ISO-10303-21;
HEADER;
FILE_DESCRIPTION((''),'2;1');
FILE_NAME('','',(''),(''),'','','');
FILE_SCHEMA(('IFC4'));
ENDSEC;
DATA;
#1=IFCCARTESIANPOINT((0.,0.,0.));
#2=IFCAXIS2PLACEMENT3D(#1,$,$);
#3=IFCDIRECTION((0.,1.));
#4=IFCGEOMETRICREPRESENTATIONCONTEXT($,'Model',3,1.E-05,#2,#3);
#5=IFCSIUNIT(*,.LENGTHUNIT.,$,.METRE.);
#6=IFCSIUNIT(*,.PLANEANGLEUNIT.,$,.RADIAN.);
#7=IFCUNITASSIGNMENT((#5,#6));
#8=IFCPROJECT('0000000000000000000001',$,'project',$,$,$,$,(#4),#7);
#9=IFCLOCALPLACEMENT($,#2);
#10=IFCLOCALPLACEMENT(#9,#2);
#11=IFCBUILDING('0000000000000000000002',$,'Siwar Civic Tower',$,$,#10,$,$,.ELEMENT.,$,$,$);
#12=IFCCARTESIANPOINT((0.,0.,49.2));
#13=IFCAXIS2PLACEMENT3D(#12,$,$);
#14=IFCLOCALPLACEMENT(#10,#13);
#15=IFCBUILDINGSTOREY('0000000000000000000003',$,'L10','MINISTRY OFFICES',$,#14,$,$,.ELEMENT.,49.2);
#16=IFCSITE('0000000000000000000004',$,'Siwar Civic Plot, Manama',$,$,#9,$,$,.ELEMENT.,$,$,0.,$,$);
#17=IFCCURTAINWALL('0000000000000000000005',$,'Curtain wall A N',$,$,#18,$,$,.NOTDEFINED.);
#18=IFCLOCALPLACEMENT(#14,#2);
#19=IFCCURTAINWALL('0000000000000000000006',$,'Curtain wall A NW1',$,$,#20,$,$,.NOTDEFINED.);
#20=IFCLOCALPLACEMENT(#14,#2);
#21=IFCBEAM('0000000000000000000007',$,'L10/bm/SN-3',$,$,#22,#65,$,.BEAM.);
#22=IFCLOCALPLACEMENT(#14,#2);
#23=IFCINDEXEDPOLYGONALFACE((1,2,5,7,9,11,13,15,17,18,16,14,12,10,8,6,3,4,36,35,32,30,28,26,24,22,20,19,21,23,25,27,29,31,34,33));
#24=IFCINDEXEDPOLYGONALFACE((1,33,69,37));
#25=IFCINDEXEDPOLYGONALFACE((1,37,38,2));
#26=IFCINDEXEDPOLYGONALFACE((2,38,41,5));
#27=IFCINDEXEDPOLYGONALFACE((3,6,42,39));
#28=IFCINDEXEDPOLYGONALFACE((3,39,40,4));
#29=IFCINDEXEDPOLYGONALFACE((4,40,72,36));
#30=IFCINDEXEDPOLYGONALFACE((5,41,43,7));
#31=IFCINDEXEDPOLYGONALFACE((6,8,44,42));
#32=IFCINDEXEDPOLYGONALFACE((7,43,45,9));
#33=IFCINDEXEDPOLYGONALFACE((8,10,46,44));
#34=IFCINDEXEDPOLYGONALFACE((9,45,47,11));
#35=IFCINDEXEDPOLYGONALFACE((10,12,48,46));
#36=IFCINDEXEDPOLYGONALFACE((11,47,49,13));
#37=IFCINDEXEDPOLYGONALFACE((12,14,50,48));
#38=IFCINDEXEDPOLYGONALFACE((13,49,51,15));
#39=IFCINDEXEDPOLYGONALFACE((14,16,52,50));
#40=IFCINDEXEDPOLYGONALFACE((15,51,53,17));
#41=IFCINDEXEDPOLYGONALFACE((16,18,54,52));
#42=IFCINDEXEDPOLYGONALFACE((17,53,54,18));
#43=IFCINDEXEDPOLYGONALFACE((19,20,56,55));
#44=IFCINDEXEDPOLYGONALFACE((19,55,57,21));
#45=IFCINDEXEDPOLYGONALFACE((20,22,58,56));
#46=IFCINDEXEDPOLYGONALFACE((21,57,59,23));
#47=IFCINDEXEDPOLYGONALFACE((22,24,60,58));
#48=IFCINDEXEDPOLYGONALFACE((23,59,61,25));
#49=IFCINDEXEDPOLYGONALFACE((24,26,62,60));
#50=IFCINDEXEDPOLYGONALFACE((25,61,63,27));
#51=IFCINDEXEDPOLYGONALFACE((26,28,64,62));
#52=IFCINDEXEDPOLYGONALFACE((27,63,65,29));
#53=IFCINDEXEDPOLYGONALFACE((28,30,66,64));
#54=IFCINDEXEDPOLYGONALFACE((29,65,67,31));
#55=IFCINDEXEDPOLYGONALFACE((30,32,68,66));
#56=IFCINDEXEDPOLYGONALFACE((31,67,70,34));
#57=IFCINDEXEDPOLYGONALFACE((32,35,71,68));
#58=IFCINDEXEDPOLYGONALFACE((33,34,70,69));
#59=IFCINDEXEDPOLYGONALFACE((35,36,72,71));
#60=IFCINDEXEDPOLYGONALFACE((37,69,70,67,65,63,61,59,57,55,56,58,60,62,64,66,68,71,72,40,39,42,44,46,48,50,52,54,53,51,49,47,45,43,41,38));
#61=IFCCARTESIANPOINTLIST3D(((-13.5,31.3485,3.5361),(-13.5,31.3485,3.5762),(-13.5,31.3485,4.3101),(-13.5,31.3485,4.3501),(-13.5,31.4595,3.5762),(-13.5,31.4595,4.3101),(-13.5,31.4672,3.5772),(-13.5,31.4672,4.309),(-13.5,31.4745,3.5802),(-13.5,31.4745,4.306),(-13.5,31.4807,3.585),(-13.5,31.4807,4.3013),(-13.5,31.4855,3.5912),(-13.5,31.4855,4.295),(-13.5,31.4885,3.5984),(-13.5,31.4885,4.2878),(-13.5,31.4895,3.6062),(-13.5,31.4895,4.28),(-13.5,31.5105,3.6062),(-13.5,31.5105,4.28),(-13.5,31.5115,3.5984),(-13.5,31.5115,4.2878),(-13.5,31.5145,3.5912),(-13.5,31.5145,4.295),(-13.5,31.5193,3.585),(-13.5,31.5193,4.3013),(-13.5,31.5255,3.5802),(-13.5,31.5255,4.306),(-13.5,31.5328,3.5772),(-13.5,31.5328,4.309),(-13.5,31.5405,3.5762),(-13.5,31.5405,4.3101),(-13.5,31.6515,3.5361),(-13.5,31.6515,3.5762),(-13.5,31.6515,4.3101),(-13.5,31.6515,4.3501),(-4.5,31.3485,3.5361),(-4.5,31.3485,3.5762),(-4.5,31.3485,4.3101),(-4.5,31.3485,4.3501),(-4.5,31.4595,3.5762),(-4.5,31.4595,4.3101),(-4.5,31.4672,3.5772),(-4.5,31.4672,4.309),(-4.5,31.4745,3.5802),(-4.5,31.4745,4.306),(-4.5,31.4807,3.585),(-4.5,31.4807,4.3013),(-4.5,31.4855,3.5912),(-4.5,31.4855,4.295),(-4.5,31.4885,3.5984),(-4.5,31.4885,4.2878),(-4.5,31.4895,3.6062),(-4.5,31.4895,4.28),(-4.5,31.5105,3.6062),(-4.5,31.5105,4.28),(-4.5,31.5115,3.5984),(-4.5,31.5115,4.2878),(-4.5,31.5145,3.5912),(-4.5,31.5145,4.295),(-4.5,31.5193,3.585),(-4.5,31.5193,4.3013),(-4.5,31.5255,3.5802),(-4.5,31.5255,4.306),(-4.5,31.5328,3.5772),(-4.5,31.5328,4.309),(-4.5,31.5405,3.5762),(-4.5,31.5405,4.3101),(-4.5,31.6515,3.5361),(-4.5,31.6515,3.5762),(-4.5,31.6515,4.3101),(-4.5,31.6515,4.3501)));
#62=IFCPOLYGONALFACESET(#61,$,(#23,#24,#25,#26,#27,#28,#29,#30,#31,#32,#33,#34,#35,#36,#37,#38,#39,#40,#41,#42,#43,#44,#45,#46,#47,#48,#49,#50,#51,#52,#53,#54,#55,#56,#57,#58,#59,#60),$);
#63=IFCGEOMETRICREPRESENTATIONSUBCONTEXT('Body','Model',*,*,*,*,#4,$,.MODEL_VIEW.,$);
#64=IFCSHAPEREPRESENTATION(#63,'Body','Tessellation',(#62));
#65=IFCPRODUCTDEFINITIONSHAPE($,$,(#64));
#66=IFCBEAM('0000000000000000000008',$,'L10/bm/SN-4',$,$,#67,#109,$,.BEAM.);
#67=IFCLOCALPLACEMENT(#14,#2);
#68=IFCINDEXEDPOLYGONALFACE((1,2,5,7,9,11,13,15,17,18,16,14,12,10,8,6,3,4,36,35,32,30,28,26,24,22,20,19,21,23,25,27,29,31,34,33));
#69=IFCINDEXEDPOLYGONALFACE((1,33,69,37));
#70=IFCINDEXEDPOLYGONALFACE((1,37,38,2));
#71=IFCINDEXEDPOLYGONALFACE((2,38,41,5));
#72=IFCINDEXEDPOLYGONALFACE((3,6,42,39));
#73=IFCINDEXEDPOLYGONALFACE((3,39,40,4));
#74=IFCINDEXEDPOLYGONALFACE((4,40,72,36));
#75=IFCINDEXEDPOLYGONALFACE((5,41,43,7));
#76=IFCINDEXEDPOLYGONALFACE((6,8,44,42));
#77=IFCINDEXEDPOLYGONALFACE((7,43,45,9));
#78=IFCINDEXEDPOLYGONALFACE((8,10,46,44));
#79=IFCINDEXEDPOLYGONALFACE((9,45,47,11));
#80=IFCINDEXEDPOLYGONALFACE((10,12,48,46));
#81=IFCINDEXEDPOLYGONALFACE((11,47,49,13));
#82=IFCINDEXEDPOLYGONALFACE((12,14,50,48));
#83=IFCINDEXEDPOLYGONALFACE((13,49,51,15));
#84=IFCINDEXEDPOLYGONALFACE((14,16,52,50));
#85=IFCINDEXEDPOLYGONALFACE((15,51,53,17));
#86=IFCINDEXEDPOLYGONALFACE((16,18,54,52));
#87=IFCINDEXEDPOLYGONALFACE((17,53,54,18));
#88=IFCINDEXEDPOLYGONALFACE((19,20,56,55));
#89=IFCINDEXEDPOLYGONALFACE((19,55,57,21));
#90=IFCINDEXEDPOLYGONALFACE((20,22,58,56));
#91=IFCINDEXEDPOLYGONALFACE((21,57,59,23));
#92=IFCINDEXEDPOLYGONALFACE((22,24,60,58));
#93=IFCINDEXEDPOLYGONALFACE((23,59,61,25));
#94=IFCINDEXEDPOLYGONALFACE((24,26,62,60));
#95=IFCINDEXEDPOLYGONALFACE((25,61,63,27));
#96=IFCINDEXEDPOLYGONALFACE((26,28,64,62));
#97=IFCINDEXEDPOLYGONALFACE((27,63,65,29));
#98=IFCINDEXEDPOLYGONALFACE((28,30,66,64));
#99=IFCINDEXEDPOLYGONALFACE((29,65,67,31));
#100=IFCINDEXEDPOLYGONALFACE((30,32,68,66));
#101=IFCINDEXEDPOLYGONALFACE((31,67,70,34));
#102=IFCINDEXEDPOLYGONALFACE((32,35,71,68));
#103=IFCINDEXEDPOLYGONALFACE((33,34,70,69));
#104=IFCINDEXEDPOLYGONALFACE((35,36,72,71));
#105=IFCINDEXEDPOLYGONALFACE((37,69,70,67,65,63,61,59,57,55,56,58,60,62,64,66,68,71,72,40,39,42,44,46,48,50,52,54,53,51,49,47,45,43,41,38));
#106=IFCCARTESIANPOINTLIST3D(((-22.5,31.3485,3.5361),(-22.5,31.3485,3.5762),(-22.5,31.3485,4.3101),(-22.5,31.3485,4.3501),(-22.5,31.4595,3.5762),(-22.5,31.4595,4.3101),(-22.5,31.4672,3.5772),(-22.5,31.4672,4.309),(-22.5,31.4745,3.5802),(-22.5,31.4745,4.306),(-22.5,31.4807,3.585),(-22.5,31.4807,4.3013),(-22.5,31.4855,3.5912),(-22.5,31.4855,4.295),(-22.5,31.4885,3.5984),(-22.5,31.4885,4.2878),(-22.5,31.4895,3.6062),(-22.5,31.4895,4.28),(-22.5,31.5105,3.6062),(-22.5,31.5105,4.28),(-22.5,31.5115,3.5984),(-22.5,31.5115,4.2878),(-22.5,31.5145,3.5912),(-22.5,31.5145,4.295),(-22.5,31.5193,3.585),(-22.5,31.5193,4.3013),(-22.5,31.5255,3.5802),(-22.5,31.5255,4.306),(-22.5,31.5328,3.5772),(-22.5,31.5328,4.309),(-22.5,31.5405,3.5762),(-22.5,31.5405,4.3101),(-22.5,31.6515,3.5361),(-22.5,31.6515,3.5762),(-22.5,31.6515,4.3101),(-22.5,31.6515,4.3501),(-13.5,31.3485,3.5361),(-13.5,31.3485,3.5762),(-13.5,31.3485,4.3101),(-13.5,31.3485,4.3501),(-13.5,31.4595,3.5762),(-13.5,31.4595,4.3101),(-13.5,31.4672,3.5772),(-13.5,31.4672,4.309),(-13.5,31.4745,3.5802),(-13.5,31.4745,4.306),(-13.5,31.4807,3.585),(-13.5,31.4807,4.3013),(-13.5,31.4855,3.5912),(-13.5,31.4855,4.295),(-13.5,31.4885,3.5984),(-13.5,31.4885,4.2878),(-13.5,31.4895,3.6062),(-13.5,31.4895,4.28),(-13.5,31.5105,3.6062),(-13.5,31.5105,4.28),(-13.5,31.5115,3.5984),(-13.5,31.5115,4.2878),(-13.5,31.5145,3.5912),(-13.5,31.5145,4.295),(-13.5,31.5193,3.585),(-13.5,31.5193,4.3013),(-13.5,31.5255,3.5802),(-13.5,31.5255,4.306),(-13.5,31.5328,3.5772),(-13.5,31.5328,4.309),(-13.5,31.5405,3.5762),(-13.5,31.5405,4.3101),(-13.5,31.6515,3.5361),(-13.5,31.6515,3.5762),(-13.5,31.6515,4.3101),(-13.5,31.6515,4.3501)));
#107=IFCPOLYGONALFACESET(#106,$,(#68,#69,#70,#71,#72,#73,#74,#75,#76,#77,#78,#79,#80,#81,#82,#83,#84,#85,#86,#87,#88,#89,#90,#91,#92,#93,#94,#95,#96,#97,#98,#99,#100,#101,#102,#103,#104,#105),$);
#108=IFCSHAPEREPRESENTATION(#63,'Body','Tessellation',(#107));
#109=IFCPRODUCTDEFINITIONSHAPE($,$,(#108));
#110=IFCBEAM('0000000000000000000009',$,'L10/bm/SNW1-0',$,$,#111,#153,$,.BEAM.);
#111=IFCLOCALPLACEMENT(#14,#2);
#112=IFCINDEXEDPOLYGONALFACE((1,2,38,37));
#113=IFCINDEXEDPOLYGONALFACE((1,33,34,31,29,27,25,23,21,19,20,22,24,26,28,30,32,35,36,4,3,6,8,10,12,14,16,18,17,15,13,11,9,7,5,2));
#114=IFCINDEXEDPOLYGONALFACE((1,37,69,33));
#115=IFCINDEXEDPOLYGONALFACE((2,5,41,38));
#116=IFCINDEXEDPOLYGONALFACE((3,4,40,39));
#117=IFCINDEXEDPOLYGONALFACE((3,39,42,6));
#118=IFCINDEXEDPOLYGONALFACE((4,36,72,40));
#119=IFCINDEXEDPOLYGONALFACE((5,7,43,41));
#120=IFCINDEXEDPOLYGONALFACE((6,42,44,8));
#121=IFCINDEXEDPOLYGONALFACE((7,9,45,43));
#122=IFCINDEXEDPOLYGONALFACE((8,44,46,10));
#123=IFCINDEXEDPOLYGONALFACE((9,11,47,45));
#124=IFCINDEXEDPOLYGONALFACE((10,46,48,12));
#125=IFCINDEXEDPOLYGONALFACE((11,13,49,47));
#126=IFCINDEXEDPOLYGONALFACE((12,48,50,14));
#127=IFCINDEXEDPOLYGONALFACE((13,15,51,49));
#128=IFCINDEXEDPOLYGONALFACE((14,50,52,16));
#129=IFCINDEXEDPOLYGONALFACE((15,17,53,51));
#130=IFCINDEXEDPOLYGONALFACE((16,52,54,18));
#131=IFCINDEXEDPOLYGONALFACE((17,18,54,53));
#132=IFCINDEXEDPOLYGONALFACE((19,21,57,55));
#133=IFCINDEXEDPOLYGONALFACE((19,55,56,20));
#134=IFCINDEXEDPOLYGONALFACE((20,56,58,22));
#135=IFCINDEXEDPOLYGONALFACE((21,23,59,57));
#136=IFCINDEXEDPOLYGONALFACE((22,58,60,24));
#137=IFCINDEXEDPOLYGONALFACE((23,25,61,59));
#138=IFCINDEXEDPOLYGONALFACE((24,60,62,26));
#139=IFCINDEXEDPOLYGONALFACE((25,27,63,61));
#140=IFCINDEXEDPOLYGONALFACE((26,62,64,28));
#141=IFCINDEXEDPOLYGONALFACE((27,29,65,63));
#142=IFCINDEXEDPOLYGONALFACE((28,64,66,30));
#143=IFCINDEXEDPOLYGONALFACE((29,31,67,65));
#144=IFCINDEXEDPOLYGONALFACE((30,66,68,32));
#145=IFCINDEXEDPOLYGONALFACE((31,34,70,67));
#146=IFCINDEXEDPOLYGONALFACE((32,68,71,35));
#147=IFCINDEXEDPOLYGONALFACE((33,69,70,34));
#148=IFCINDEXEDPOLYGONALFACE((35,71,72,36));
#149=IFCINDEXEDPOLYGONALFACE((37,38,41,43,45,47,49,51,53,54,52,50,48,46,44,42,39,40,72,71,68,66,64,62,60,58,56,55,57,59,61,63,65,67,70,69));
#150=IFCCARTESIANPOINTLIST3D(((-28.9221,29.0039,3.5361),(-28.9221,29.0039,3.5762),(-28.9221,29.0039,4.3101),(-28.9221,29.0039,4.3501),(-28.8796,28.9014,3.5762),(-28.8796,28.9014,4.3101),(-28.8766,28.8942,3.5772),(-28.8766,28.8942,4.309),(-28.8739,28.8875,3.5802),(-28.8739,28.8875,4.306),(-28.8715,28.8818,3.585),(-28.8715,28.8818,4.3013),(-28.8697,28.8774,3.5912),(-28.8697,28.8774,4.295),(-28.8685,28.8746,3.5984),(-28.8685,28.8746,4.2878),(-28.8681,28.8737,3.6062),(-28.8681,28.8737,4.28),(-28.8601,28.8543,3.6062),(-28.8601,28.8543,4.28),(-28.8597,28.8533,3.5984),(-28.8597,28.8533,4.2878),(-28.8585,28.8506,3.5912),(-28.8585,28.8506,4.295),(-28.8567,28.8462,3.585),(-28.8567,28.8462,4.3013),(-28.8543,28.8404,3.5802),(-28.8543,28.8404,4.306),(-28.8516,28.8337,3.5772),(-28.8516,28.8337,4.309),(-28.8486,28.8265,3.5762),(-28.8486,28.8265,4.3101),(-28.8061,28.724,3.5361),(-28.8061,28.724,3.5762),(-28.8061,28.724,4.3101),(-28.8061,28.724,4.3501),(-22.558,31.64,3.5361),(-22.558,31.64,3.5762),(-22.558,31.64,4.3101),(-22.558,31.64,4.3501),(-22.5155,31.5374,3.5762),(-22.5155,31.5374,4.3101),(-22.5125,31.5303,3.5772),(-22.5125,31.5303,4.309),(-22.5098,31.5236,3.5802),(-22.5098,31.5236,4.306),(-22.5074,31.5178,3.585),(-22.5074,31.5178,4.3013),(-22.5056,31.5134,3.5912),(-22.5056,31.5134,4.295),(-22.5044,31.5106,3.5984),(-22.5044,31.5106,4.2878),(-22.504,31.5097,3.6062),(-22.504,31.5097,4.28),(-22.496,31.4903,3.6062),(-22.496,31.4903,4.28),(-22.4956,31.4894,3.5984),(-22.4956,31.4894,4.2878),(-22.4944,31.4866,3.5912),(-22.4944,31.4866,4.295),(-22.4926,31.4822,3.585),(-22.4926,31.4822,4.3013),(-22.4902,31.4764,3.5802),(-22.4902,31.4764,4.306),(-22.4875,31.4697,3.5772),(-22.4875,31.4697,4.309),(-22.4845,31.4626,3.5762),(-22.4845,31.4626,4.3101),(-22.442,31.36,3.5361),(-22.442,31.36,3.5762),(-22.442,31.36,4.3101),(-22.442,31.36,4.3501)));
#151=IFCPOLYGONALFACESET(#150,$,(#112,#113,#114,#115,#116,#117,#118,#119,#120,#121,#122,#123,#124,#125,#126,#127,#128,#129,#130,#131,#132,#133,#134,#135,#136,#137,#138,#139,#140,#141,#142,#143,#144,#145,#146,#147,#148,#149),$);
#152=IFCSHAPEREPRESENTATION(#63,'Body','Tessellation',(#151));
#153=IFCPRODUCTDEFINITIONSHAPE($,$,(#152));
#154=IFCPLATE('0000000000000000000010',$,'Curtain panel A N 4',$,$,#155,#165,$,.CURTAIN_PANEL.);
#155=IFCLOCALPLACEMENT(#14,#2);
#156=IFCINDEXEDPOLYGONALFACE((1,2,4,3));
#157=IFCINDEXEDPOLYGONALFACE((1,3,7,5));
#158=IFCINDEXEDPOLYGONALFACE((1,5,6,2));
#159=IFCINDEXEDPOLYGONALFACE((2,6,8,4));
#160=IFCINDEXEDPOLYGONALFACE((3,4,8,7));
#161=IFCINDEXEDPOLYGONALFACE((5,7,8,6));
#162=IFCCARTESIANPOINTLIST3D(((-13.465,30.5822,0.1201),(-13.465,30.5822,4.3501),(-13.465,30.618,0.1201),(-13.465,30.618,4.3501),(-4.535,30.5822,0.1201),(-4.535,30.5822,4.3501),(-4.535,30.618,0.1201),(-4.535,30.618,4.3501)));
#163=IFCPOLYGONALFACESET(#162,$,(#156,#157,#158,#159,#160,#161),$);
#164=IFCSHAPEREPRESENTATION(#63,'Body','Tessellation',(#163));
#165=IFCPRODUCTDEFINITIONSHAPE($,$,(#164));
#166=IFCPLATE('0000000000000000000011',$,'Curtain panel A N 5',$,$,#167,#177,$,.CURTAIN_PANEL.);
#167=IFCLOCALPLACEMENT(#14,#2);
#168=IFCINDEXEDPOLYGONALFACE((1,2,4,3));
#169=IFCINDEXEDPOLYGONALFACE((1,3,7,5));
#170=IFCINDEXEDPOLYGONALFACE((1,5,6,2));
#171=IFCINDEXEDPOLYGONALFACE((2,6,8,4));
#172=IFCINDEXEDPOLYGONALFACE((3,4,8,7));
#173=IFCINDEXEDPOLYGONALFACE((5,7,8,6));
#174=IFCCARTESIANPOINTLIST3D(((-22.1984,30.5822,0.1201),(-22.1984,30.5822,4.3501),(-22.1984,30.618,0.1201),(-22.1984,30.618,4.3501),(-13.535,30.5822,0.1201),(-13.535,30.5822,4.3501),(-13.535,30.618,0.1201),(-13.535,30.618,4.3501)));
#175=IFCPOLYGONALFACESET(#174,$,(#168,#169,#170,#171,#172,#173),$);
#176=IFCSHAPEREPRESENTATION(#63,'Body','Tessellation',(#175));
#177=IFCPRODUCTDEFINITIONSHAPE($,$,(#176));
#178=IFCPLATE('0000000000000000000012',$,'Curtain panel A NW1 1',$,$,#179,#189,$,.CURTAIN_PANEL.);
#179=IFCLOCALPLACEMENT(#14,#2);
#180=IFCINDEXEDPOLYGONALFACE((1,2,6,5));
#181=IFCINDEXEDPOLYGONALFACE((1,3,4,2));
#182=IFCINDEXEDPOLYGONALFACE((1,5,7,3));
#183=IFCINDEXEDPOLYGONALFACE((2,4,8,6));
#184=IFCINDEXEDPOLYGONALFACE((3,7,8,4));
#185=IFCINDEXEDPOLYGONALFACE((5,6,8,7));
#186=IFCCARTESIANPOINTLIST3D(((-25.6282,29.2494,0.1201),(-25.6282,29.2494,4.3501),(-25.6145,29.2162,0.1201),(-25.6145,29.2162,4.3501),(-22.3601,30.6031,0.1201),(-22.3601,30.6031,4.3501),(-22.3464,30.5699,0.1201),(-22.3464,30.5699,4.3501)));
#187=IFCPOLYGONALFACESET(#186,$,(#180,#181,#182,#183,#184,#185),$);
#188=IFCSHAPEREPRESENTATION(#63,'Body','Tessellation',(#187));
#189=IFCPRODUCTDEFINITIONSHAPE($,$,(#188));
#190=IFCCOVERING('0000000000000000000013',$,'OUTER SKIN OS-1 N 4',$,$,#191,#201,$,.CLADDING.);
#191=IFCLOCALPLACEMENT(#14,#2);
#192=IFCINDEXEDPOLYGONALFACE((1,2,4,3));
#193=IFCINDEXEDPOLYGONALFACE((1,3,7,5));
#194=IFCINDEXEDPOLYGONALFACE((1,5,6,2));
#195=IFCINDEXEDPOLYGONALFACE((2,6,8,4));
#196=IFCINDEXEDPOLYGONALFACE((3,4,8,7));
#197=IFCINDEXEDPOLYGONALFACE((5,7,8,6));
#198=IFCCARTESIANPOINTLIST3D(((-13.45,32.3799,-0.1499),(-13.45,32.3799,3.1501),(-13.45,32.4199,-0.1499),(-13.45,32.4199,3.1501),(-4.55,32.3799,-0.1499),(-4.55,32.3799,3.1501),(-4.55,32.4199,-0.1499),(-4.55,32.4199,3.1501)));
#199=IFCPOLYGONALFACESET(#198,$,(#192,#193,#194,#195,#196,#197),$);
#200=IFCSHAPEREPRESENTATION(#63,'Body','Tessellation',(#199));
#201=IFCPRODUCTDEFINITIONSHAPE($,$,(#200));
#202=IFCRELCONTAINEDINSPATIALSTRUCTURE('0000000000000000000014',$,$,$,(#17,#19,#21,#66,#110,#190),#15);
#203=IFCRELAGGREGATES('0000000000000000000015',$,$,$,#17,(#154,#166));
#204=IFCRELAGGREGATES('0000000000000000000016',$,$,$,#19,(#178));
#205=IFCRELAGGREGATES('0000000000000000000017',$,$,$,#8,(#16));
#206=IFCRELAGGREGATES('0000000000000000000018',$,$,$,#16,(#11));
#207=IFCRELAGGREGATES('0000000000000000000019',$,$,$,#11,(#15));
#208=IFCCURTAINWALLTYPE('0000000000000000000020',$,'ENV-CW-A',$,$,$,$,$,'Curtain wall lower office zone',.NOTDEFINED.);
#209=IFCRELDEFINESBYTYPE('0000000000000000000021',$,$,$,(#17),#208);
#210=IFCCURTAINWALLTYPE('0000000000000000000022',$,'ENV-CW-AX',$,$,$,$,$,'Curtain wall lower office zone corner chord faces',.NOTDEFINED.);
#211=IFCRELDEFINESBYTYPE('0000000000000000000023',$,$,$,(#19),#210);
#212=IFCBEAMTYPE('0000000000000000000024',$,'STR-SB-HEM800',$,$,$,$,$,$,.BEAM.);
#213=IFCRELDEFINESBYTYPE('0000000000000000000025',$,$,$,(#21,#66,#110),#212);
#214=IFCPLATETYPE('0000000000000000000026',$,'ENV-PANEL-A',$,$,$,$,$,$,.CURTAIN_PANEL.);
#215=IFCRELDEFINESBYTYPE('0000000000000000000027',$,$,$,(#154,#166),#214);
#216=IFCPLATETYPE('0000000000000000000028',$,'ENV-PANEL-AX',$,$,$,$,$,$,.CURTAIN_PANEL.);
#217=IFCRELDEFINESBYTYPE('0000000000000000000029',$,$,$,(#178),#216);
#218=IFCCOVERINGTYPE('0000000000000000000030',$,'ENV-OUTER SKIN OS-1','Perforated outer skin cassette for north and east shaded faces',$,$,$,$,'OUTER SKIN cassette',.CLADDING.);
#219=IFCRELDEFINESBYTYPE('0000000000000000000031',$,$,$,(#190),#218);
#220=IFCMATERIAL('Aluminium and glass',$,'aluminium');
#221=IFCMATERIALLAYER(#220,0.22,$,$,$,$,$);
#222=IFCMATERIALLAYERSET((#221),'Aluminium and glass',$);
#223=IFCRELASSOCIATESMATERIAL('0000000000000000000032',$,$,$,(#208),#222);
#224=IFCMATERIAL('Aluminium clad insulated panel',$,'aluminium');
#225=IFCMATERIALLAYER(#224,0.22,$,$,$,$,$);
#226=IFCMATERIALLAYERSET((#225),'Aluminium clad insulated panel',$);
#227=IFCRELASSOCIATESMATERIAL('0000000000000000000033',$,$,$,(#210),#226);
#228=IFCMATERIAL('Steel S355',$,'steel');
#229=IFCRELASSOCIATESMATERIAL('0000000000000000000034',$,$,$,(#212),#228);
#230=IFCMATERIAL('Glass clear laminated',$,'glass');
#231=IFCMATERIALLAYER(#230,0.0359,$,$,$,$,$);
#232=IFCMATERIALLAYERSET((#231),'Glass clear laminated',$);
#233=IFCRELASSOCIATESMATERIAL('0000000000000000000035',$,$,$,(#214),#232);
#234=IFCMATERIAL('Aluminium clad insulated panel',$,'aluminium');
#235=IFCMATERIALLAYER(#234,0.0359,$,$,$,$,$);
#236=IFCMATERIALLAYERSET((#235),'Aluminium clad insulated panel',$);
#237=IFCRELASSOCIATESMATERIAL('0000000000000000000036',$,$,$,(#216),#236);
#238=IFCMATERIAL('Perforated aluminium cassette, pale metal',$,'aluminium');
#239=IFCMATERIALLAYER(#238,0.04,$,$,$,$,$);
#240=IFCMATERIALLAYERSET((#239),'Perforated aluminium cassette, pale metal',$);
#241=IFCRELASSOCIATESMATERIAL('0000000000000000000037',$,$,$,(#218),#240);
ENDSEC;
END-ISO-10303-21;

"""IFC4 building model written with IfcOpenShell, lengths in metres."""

from ifc_helpers import new_model, si_unit, direction, frame, origin, origin_2d, place, context, subcontext, project, spatial, rectangle, i_section, extrude, material, layer, layer_set, material_profile, profile_set, type_object, element, aggregate, save


model = new_model("IFC4")

# Units and contexts
model_context = context("Model", 3, precision=1e-05, world=origin(), true_north=direction((0.0, 1.0)))
body_context = subcontext(model_context, "Body", "Model", "MODEL_VIEW")
ifc_project = project(units=[si_unit("LENGTHUNIT", "METRE"), si_unit("PLANEANGLEUNIT", "RADIAN")], contexts=[model_context])

# Site, building, storey
site_placement = place(None, origin())
site = spatial("IfcSite", under=ifc_project, at=site_placement, Name="Siwar Civic Plot, Manama", CompositionType="ELEMENT", RefElevation=0.0)
building_placement = place(site_placement, origin())
building = spatial("IfcBuilding", under=site, at=building_placement, Name="Siwar Civic Tower", CompositionType="ELEMENT")
storey_placement = place(building_placement, frame((0.0, 0.0, 49.2)))
storey = spatial("IfcBuildingStorey", under=building, at=storey_placement, Name="L10", Description="MINISTRY OFFICES", CompositionType="ELEMENT", Elevation=49.2)

# Curtain wall
ifc_material_1 = material(Name="Aluminium and glass", Category="aluminium")
ifc_layer_1 = layer(ifc_material_1, 0.22)
ifc_layer_set_1 = layer_set([ifc_layer_1], Name="Aluminium and glass")
curtain_wall_type_1 = type_object("IfcCurtainWallType", Name="ENV-CW-A", ElementType="Curtain wall lower office zone", PredefinedType="NOTDEFINED", material=ifc_layer_set_1)
curtain_wall_1_placement = place(storey_placement, origin())
curtain_wall_1 = element("IfcCurtainWall", 1, at=curtain_wall_1_placement, inside=storey, type_object=curtain_wall_type_1, Name="Curtain wall A N", PredefinedType="NOTDEFINED")

# Curtain wall
ifc_material_2 = material(Name="Aluminium clad insulated panel", Category="aluminium")
ifc_layer_2 = layer(ifc_material_2, 0.22)
ifc_layer_set_2 = layer_set([ifc_layer_2], Name="Aluminium clad insulated panel")
curtain_wall_type_2 = type_object("IfcCurtainWallType", Name="ENV-CW-AX", ElementType="Curtain wall lower office zone corner chord faces", PredefinedType="NOTDEFINED", material=ifc_layer_set_2)
curtain_wall_2_placement = place(storey_placement, origin())
curtain_wall_2 = element("IfcCurtainWall", 2, at=curtain_wall_2_placement, inside=storey, type_object=curtain_wall_type_2, Name="Curtain wall A NW1", PredefinedType="NOTDEFINED")

# Beams
ifc_material_3 = material(Name="Steel S355", Category="steel")
ifc_material_profile_1 = material_profile(ifc_material_3, i_section(OverallWidth=0.303, OverallDepth=0.814, WebThickness=0.021, FlangeThickness=0.04, FilletRadius=0.03, at=origin_2d()), Name="HEM800")
ifc_profile_set_1 = profile_set([ifc_material_profile_1], Name="Steel S355")
beam_type_1 = type_object("IfcBeamType", Name="STR-SB-HEM800", PredefinedType="BEAM", material=ifc_profile_set_1)
for number, where, z_axis, x_axis, name in (
    (3, (-4.5, 31.5, 3.9431), (-1.0, 0.0, 0.0), (0.0, -1.0, 0.0), "L10/bm/SN-3"),
    (4, (-13.5, 31.5, 3.9431), (-1.0, 0.0, 0.0), (0.0, -1.0, 0.0), "L10/bm/SN-4"),
):
    element("IfcBeam", number, at=place(storey_placement, frame(where, z_axis=z_axis, x_axis=x_axis)), inside=storey, type_object=beam_type_1, Name=name, PredefinedType="BEAM", context=body_context, shape_type="SweptSolid", body=[
        extrude(i_section(OverallWidth=0.303, OverallDepth=0.814, WebThickness=0.021, FlangeThickness=0.04, FilletRadius=0.03, at=origin_2d()), origin(), (0.0, 0.0, 1.0), 9.0),
    ])
beam_1_placement = place(storey_placement, frame((-22.5, 31.5, 3.9431), z_axis=(-0.923883, -0.382674, 0.0), x_axis=(0.382674, -0.923883, 0.0)))
element("IfcBeam", 5, at=beam_1_placement, inside=storey, type_object=beam_type_1, Name="L10/bm/SNW1-0", PredefinedType="BEAM", context=body_context, shape_type="SweptSolid", body=[
    extrude(i_section(OverallWidth=0.303, OverallDepth=0.814, WebThickness=0.021, FlangeThickness=0.04, FilletRadius=0.03, at=origin_2d()), origin(), (0.0, 0.0, 1.0), 6.8884),
])

# Plates
ifc_material_4 = material(Name="Glass clear laminated", Category="glass")
ifc_layer_3 = layer(ifc_material_4, 0.0359)
ifc_layer_set_3 = layer_set([ifc_layer_3], Name="Glass clear laminated")
plate_type_1 = type_object("IfcPlateType", Name="ENV-PANEL-A", PredefinedType="CURTAIN_PANEL", material=ifc_layer_set_3)
plate_1_placement = place(storey_placement, frame((-9.0, 30.6001, 0.1201), z_axis=(0.0, 0.0, 1.0), x_axis=(-1.0, 0.0, 0.0)))
plate_1 = element("IfcPlate", 6, at=plate_1_placement, type_object=plate_type_1, Name="Curtain panel A N 4", PredefinedType="CURTAIN_PANEL", context=body_context, shape_type="SweptSolid", body=[
    extrude(rectangle(XDim=8.9299, YDim=0.0359, at=origin_2d()), origin(), (0.0, 0.0, 1.0), 4.23),
])
plate_2_placement = place(storey_placement, frame((-17.8667, 30.6001, 0.1201), z_axis=(0.0, 0.0, 1.0), x_axis=(-1.0, 0.0, 0.0)))
plate_2 = element("IfcPlate", 7, at=plate_2_placement, type_object=plate_type_1, Name="Curtain panel A N 5", PredefinedType="CURTAIN_PANEL", context=body_context, shape_type="SweptSolid", body=[
    extrude(rectangle(XDim=8.6633, YDim=0.0359, at=origin_2d()), origin(), (0.0, 0.0, 1.0), 4.23),
])
aggregate(curtain_wall_1, [plate_1, plate_2])
ifc_material_5 = material(Name="Aluminium clad insulated panel", Category="aluminium")
ifc_layer_4 = layer(ifc_material_5, 0.0359)
ifc_layer_set_4 = layer_set([ifc_layer_4], Name="Aluminium clad insulated panel")
plate_type_2 = type_object("IfcPlateType", Name="ENV-PANEL-AX", PredefinedType="CURTAIN_PANEL", material=ifc_layer_set_4)
plate_3_placement = place(storey_placement, frame((-23.9873, 29.9097, 0.1201), z_axis=(0.0, 0.0, 1.0), x_axis=(-0.92388, -0.382683, 0.0)))
plate_3 = element("IfcPlate", 8, at=plate_3_placement, type_object=plate_type_2, Name="Curtain panel A NW1 1", PredefinedType="CURTAIN_PANEL", context=body_context, shape_type="SweptSolid", body=[
    extrude(rectangle(XDim=3.5374, YDim=0.0359, at=origin_2d()), origin(), (0.0, 0.0, 1.0), 4.23),
])
aggregate(curtain_wall_2, [plate_3])

# Covering
ifc_material_6 = material(Name="Perforated aluminium cassette, pale metal", Category="aluminium")
ifc_layer_5 = layer(ifc_material_6, 0.04)
ifc_layer_set_5 = layer_set([ifc_layer_5], Name="Perforated aluminium cassette, pale metal")
covering_type = type_object("IfcCoveringType", Name="ENV-OUTER SKIN OS-1", Description="Perforated outer skin cassette for north and east shaded faces", ElementType="OUTER SKIN cassette", PredefinedType="CLADDING", material=ifc_layer_set_5)
covering_1_placement = place(storey_placement, frame((-9.0, 32.3999, -0.1499), z_axis=(0.0, 0.0, 1.0), x_axis=(-1.0, 0.0, 0.0)))
element("IfcCovering", 9, at=covering_1_placement, inside=storey, type_object=covering_type, Name="OUTER SKIN OS-1 N 4", PredefinedType="CLADDING", context=body_context, shape_type="SweptSolid", body=[
    extrude(rectangle(XDim=8.8999, YDim=0.04, at=origin_2d()), origin(), (0.0, 0.0, 1.0), 3.3),
])

save(model, "model.ifc")
